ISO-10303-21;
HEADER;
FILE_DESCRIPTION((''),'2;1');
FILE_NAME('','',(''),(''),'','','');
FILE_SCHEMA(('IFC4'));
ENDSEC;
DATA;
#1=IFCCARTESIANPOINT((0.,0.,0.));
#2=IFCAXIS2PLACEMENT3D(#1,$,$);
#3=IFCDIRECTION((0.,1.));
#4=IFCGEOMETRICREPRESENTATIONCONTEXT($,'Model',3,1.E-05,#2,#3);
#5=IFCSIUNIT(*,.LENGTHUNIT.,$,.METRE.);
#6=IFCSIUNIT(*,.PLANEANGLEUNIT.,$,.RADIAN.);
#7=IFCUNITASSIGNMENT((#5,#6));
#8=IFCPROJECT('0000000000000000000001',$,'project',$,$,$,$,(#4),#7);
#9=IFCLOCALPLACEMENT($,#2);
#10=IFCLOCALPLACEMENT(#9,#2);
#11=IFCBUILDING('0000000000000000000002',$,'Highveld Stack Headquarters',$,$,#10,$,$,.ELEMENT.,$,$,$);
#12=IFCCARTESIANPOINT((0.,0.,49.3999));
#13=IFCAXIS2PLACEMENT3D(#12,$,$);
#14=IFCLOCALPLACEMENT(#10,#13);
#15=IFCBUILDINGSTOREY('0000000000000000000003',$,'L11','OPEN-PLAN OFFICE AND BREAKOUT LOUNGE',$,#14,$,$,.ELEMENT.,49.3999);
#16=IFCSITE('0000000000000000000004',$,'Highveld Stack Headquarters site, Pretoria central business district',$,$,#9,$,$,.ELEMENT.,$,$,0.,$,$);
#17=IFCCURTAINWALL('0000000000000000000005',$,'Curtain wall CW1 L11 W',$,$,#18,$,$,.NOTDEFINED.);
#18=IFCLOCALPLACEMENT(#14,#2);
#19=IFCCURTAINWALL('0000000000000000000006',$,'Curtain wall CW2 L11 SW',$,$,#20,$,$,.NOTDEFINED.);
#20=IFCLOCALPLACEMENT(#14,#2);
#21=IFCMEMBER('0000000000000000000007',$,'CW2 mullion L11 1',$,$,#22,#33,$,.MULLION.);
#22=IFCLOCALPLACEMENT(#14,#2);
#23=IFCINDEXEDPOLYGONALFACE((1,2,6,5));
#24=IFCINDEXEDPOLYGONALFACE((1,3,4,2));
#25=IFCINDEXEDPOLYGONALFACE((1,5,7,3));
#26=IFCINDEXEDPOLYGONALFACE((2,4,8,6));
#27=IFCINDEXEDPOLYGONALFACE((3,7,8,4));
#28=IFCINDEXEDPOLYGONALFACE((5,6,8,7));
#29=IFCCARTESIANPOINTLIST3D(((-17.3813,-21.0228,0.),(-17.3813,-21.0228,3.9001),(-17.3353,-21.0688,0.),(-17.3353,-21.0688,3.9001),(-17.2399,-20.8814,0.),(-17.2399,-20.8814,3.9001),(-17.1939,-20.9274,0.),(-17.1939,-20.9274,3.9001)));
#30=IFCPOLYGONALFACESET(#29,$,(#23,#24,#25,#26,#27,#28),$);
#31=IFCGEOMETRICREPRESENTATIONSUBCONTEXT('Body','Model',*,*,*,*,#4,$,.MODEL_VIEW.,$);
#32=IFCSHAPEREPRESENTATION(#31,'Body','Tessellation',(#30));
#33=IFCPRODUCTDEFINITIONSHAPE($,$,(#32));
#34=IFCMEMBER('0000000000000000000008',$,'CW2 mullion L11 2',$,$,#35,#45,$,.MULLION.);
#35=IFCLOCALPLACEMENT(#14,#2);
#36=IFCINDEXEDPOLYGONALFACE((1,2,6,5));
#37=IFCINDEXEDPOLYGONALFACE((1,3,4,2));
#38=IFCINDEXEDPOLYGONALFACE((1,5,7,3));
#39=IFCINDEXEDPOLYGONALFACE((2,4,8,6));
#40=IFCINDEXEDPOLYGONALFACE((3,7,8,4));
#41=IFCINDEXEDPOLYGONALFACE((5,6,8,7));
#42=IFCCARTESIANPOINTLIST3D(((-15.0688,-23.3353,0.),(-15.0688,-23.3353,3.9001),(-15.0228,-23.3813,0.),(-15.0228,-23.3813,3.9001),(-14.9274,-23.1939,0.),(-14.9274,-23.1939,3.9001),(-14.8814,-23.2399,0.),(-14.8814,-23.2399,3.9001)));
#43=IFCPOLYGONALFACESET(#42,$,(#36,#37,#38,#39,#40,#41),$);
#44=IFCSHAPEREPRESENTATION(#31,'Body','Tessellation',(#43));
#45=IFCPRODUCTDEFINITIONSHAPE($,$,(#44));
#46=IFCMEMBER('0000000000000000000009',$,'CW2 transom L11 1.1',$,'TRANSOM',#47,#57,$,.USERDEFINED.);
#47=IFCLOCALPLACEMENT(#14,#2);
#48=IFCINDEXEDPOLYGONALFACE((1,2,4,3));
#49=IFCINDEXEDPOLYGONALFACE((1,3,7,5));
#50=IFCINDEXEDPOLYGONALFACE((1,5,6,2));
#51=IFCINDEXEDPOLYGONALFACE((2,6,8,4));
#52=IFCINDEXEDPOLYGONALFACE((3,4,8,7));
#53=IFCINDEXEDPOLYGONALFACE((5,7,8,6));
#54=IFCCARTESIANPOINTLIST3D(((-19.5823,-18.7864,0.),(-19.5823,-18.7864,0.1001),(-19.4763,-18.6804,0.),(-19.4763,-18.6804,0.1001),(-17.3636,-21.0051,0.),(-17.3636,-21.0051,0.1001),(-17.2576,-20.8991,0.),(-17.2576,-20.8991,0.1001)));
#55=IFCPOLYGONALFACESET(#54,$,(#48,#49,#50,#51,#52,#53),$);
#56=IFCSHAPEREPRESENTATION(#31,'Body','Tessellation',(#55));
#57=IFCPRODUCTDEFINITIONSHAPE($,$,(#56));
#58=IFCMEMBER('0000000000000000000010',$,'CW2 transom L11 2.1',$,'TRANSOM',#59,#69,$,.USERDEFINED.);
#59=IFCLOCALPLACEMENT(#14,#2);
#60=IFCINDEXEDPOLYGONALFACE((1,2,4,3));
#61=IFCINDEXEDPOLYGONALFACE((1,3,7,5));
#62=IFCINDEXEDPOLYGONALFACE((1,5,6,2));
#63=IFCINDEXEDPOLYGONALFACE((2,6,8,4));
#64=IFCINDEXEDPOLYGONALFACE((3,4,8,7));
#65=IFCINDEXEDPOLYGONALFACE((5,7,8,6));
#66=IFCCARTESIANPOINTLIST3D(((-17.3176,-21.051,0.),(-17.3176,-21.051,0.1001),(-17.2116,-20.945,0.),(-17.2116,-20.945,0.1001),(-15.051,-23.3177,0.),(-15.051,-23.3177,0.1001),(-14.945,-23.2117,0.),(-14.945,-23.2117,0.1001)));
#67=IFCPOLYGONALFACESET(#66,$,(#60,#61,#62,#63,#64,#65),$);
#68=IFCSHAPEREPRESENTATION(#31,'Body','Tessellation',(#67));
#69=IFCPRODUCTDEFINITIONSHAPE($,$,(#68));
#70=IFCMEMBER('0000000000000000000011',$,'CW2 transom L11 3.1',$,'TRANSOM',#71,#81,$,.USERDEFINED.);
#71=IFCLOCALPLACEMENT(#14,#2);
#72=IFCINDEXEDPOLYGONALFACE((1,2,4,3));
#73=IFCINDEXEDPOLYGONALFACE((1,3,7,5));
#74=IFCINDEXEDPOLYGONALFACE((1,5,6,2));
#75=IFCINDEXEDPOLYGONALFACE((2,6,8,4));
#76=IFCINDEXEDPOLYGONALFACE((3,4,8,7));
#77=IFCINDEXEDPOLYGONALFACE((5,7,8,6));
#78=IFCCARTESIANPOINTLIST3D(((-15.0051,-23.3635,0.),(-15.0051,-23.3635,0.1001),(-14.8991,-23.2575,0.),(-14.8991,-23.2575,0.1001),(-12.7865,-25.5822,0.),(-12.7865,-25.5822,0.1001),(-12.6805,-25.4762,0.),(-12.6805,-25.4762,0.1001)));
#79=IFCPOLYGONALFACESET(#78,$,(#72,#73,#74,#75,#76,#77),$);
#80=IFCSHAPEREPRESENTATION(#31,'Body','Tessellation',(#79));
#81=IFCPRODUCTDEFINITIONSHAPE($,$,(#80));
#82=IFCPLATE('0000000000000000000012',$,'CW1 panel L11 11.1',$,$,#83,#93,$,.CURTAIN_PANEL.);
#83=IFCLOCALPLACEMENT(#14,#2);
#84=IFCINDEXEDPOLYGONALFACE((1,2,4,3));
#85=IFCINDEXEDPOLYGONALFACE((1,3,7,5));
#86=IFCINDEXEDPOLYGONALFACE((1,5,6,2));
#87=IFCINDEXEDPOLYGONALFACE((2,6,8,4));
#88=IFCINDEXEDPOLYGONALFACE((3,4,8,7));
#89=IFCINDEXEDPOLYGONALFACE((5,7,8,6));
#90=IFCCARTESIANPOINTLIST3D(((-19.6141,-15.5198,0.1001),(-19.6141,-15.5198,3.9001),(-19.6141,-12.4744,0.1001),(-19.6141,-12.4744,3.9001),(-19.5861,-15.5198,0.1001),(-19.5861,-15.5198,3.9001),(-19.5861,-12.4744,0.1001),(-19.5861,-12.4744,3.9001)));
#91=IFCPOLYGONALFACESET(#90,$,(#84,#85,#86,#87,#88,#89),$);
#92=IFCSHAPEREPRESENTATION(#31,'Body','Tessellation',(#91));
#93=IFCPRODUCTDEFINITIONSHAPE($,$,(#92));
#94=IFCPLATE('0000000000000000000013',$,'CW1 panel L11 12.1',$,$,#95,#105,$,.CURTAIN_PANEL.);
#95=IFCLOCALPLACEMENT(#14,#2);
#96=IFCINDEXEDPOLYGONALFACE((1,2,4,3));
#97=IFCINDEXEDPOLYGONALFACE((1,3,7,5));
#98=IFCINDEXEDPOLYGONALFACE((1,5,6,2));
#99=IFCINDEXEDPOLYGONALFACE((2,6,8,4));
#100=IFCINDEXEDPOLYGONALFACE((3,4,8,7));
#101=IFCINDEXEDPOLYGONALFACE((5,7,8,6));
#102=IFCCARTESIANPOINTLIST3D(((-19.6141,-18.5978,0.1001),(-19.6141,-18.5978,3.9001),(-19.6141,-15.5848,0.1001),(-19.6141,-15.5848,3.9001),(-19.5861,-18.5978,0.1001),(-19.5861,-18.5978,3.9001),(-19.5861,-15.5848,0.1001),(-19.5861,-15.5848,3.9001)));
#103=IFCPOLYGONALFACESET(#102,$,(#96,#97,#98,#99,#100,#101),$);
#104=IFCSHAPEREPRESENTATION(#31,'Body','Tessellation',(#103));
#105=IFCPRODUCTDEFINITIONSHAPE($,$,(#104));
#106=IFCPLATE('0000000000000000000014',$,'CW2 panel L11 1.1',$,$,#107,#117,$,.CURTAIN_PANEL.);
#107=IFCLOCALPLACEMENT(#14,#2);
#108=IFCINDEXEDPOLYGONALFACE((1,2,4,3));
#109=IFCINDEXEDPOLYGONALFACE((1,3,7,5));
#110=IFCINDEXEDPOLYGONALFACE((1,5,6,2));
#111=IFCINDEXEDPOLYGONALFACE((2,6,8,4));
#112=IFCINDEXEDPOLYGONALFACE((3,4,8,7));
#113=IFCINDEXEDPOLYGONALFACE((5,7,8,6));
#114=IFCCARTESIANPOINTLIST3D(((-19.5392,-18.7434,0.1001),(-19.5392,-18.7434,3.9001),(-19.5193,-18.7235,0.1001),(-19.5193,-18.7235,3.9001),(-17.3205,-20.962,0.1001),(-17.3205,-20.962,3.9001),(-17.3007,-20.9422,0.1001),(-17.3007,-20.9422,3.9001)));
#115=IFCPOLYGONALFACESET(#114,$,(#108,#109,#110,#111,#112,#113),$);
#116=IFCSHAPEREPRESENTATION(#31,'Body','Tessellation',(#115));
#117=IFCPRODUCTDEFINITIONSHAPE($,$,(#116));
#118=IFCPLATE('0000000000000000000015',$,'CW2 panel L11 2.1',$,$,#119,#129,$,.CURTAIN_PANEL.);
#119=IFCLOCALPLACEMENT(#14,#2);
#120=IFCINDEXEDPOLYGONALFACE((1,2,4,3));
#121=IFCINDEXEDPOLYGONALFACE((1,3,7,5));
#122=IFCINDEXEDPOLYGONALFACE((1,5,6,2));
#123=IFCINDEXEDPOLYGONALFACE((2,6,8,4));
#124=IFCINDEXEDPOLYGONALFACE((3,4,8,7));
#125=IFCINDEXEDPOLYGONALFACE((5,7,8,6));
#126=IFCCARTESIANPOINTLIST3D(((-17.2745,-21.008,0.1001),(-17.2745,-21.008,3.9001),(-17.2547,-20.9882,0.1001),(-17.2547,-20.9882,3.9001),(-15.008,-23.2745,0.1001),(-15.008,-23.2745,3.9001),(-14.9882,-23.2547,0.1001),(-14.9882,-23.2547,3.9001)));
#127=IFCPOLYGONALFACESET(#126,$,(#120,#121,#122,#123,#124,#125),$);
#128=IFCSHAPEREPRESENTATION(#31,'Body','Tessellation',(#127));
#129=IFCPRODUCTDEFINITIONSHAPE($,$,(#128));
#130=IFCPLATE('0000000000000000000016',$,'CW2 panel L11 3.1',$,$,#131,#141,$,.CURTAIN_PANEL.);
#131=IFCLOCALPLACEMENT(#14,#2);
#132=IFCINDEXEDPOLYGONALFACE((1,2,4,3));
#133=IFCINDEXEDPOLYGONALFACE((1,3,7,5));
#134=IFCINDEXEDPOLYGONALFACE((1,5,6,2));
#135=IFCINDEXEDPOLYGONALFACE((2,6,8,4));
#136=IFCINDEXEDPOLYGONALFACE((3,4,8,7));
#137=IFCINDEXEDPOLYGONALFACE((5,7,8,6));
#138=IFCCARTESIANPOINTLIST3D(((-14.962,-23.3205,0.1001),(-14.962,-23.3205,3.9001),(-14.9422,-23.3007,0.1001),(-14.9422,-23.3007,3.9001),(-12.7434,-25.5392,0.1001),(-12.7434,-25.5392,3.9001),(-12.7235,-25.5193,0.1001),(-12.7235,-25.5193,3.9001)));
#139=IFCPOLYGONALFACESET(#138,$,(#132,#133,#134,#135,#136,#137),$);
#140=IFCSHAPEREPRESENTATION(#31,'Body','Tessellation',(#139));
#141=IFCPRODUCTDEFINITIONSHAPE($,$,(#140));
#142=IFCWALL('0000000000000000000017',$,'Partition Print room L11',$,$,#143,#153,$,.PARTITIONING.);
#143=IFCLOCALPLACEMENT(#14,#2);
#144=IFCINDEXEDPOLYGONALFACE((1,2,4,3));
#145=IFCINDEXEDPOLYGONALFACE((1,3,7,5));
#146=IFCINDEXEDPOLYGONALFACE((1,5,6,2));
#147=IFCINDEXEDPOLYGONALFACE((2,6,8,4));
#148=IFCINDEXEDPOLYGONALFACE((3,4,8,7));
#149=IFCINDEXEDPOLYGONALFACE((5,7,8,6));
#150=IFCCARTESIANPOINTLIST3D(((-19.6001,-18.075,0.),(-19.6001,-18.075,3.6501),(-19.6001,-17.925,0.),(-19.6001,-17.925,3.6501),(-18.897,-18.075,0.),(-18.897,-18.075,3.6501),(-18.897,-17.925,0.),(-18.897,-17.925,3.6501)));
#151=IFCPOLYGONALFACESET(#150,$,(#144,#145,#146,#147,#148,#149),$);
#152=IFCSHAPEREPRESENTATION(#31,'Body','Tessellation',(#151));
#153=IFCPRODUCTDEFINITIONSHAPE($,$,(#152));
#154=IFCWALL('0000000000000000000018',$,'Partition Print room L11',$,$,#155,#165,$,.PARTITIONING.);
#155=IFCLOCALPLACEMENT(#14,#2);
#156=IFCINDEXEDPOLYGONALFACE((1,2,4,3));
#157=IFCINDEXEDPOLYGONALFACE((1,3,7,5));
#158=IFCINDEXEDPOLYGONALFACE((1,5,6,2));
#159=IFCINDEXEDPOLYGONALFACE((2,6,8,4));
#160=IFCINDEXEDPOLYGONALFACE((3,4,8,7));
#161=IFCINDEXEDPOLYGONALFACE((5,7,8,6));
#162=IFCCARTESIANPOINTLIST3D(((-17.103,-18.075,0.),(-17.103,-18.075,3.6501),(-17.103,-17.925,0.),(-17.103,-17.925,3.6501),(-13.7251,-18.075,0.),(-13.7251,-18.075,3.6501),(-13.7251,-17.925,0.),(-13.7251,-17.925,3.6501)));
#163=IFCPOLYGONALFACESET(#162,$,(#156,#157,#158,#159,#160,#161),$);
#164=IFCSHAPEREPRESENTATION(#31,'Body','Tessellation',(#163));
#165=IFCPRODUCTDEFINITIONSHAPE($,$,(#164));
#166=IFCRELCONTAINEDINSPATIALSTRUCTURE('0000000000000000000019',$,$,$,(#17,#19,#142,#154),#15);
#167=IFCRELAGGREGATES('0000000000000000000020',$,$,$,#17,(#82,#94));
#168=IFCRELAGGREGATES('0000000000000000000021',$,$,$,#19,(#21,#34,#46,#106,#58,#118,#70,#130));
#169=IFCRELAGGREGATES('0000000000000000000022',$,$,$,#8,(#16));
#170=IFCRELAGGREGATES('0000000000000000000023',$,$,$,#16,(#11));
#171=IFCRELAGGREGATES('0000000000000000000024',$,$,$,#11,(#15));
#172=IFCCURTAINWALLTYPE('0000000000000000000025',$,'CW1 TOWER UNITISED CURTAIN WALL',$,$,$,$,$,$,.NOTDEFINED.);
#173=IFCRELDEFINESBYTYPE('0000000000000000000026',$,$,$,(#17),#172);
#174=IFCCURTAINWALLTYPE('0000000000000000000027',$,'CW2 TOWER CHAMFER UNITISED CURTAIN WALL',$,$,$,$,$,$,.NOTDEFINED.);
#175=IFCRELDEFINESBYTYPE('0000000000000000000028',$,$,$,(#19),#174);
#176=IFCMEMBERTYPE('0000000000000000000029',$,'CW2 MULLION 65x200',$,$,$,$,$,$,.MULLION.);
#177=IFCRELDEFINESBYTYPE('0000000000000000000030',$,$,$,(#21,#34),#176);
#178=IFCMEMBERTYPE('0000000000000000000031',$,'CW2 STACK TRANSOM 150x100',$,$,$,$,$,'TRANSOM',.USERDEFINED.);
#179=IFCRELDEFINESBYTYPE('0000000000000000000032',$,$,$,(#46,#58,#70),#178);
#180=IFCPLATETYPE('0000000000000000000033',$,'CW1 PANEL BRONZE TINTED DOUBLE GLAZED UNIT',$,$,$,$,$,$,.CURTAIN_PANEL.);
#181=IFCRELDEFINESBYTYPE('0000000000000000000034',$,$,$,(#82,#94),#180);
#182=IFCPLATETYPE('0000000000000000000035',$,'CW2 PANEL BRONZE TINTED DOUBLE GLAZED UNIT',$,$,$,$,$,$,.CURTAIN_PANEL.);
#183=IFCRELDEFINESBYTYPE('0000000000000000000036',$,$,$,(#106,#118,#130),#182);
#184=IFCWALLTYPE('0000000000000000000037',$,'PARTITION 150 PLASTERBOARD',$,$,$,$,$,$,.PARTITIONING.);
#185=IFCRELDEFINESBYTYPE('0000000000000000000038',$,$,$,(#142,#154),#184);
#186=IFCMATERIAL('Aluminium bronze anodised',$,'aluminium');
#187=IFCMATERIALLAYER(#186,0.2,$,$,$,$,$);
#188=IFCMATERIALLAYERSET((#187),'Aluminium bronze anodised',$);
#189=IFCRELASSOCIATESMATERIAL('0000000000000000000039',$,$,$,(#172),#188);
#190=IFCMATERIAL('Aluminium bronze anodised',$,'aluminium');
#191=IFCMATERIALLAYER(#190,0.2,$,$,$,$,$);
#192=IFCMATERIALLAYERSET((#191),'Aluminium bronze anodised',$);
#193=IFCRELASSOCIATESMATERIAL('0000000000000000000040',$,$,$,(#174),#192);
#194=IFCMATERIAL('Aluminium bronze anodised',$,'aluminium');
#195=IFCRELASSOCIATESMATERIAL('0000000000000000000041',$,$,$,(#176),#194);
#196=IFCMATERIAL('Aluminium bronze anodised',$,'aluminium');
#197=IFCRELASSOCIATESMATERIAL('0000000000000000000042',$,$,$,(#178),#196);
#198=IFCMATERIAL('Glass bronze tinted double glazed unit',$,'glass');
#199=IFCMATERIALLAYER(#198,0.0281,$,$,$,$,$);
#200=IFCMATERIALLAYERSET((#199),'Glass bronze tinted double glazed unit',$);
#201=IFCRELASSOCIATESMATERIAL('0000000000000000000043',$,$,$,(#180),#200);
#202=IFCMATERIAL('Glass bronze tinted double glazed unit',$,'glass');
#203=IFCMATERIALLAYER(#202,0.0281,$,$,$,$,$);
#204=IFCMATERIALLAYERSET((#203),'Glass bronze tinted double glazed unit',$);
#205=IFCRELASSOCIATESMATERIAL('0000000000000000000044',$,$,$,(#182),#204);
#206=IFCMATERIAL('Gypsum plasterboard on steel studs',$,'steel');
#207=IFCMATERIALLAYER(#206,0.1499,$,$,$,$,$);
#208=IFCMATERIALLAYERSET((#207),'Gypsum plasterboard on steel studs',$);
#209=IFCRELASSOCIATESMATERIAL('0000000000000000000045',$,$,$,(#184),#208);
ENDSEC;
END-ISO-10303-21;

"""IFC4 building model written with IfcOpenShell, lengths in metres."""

from ifc_helpers import new_model, si_unit, direction, frame, frame_2d, origin, origin_2d, place, context, subcontext, project, spatial, rectangle, extrude, material, layer, layer_set, material_profile, profile_set, type_object, element, aggregate, save


model = new_model("IFC4")

# Units and contexts
model_context = context("Model", 3, precision=1e-05, world=origin(), true_north=direction((0.0, 1.0)))
body_context = subcontext(model_context, "Body", "Model", "MODEL_VIEW")
ifc_project = project(units=[si_unit("LENGTHUNIT", "METRE"), si_unit("PLANEANGLEUNIT", "RADIAN")], contexts=[model_context])

# Site, building, storey
site_placement = place(None, origin())
site = spatial("IfcSite", under=ifc_project, at=site_placement, Name="Highveld Stack Headquarters site, Pretoria central business district", CompositionType="ELEMENT", RefElevation=0.0)
building_placement = place(site_placement, origin())
building = spatial("IfcBuilding", under=site, at=building_placement, Name="Highveld Stack Headquarters", CompositionType="ELEMENT")
storey_placement = place(building_placement, frame((0.0, 0.0, 49.3999)))
storey = spatial("IfcBuildingStorey", under=building, at=storey_placement, Name="L11", Description="OPEN-PLAN OFFICE AND BREAKOUT LOUNGE", CompositionType="ELEMENT", Elevation=49.3999)

# Shared definitions
ifc_material_1 = material(Name="Aluminium bronze anodised", Category="aluminium")
ifc_layer_1 = layer(ifc_material_1, 0.2)
ifc_layer_set_1 = layer_set([ifc_layer_1], Name="Aluminium bronze anodised")
curtain_wall_type_1 = type_object("IfcCurtainWallType", Name="CW1 TOWER UNITISED CURTAIN WALL", PredefinedType="NOTDEFINED", material=ifc_layer_set_1)

# Curtain wall
curtain_wall_1_placement = place(storey_placement, origin())
curtain_wall_1 = element("IfcCurtainWall", 1, at=curtain_wall_1_placement, inside=storey, type_object=curtain_wall_type_1, Name="Curtain wall CW1 L11 W", PredefinedType="NOTDEFINED")

# Curtain wall, members
ifc_material_2 = material(Name="Aluminium bronze anodised", Category="aluminium")
ifc_layer_2 = layer(ifc_material_2, 0.2)
ifc_layer_set_2 = layer_set([ifc_layer_2], Name="Aluminium bronze anodised")
curtain_wall_type_2 = type_object("IfcCurtainWallType", Name="CW2 TOWER CHAMFER UNITISED CURTAIN WALL", PredefinedType="NOTDEFINED", material=ifc_layer_set_2)
curtain_wall_2_placement = place(storey_placement, origin())
curtain_wall_2 = element("IfcCurtainWall", 2, at=curtain_wall_2_placement, inside=storey, type_object=curtain_wall_type_2, Name="Curtain wall CW2 L11 SW", PredefinedType="NOTDEFINED")
ifc_material_3 = material(Name="Aluminium bronze anodised", Category="aluminium")
ifc_material_profile_1 = material_profile(ifc_material_3, rectangle(XDim=0.2, YDim=0.0649, at=origin_2d()), Name="CW2 MULLION 65x200")
ifc_profile_set_1 = profile_set([ifc_material_profile_1], Name="Aluminium bronze anodised")
member_type_1 = type_object("IfcMemberType", Name="CW2 MULLION 65x200", PredefinedType="MULLION", material=ifc_profile_set_1)
member_1_placement = place(storey_placement, frame((-17.2876, -20.9751, 0.0), z_axis=(0.0, 0.0, 1.0), x_axis=(0.707107, 0.707107, 0.0)))
member_1 = element("IfcMember", 3, at=member_1_placement, type_object=member_type_1, Name="CW2 mullion L11 1", PredefinedType="MULLION", context=body_context, shape_type="SweptSolid", body=[
    extrude(rectangle(XDim=0.2, YDim=0.0649, at=origin_2d()), origin(), (0.0, 0.0, 1.0), 3.9001),
])
member_2_placement = place(storey_placement, frame((-14.9751, -23.2876, 0.0), z_axis=(0.0, 0.0, 1.0), x_axis=(0.707107, 0.707107, 0.0)))
member_2 = element("IfcMember", 4, at=member_2_placement, type_object=member_type_1, Name="CW2 mullion L11 2", PredefinedType="MULLION", context=body_context, shape_type="SweptSolid", body=[
    extrude(rectangle(XDim=0.2, YDim=0.0649, at=origin_2d()), origin(), (0.0, 0.0, 1.0), 3.9001),
])
ifc_material_4 = material(Name="Aluminium bronze anodised", Category="aluminium")
ifc_material_profile_2 = material_profile(ifc_material_4, rectangle(XDim=0.1499, YDim=0.1001, at=origin_2d()), Name="CW2 TRANSOM 150x100")
ifc_profile_set_2 = profile_set([ifc_material_profile_2], Name="Aluminium bronze anodised")
member_type_2 = type_object("IfcMemberType", Name="CW2 STACK TRANSOM 150x100", ElementType="TRANSOM", PredefinedType="USERDEFINED", material=ifc_profile_set_2)
member_3_placement = place(storey_placement, frame((-19.5293, -18.7334, 0.05), z_axis=(0.707107, -0.707107, 0.0), x_axis=(0.707107, 0.707107, 0.0)))
member_3 = element("IfcMember", 5, at=member_3_placement, type_object=member_type_2, Name="CW2 transom L11 1.1", ObjectType="TRANSOM", PredefinedType="USERDEFINED", context=body_context, shape_type="SweptSolid", body=[
    extrude(rectangle(XDim=0.1499, YDim=0.1001, at=origin_2d()), origin(), (0.0, 0.0, 1.0), 3.1377),
])
member_4_placement = place(storey_placement, frame((-17.2646, -20.998, 0.05), z_axis=(0.707107, -0.707107, 0.0), x_axis=(0.707107, 0.707107, 0.0)))
member_4 = element("IfcMember", 6, at=member_4_placement, type_object=member_type_2, Name="CW2 transom L11 2.1", ObjectType="TRANSOM", PredefinedType="USERDEFINED", context=body_context, shape_type="SweptSolid", body=[
    extrude(rectangle(XDim=0.1499, YDim=0.1001, at=origin_2d()), origin(), (0.0, 0.0, 1.0), 3.2056),
])
member_5_placement = place(storey_placement, frame((-14.9521, -23.3105, 0.05), z_axis=(0.707107, -0.707107, 0.0), x_axis=(0.707107, 0.707107, 0.0)))
member_5 = element("IfcMember", 7, at=member_5_placement, type_object=member_type_2, Name="CW2 transom L11 3.1", ObjectType="TRANSOM", PredefinedType="USERDEFINED", context=body_context, shape_type="SweptSolid", body=[
    extrude(rectangle(XDim=0.1499, YDim=0.1001, at=origin_2d()), origin(), (0.0, 0.0, 1.0), 3.1377),
])

# Plates
ifc_material_5 = material(Name="Glass bronze tinted double glazed unit", Category="glass")
ifc_layer_3 = layer(ifc_material_5, 0.0281)
ifc_layer_set_3 = layer_set([ifc_layer_3], Name="Glass bronze tinted double glazed unit")
plate_type_1 = type_object("IfcPlateType", Name="CW1 PANEL BRONZE TINTED DOUBLE GLAZED UNIT", PredefinedType="CURTAIN_PANEL", material=ifc_layer_set_3)
plate_1_placement = place(storey_placement, frame((-19.6001, -13.9971, 0.1001), z_axis=(0.0, 0.0, 1.0), x_axis=(0.0, -1.0, 0.0)))
plate_1 = element("IfcPlate", 8, at=plate_1_placement, type_object=plate_type_1, Name="CW1 panel L11 11.1", PredefinedType="CURTAIN_PANEL", context=body_context, shape_type="SweptSolid", body=[
    extrude(rectangle(XDim=3.0454, YDim=0.0281, at=origin_2d()), origin(), (0.0, 0.0, 1.0), 3.8),
])
plate_2_placement = place(storey_placement, frame((-19.6001, -17.0913, 0.1001), z_axis=(0.0, 0.0, 1.0), x_axis=(0.0, -1.0, 0.0)))
plate_2 = element("IfcPlate", 9, at=plate_2_placement, type_object=plate_type_1, Name="CW1 panel L11 12.1", PredefinedType="CURTAIN_PANEL", context=body_context, shape_type="SweptSolid", body=[
    extrude(rectangle(XDim=3.0129, YDim=0.0281, at=origin_2d()), origin(), (0.0, 0.0, 1.0), 3.8),
])
aggregate(curtain_wall_1, [plate_1, plate_2])
ifc_material_6 = material(Name="Glass bronze tinted double glazed unit", Category="glass")
ifc_layer_4 = layer(ifc_material_6, 0.0281)
ifc_layer_set_4 = layer_set([ifc_layer_4], Name="Glass bronze tinted double glazed unit")
plate_type_2 = type_object("IfcPlateType", Name="CW2 PANEL BRONZE TINTED DOUBLE GLAZED UNIT", PredefinedType="CURTAIN_PANEL", material=ifc_layer_set_4)
plate_3_placement = place(storey_placement, frame((-18.4199, -19.8428, 0.1001), z_axis=(0.0, 0.0, 1.0), x_axis=(0.707107, -0.707107, 0.0)))
plate_3 = element("IfcPlate", 10, at=plate_3_placement, type_object=plate_type_2, Name="CW2 panel L11 1.1", PredefinedType="CURTAIN_PANEL", context=body_context, shape_type="SweptSolid", body=[
    extrude(rectangle(XDim=3.1377, YDim=0.0281, at=origin_2d()), origin(), (0.0, 0.0, 1.0), 3.8),
])
plate_4_placement = place(storey_placement, frame((-16.1313, -22.1313, 0.1001), z_axis=(0.0, 0.0, 1.0), x_axis=(0.707107, -0.707107, 0.0)))
plate_4 = element("IfcPlate", 11, at=plate_4_placement, type_object=plate_type_2, Name="CW2 panel L11 2.1", PredefinedType="CURTAIN_PANEL", context=body_context, shape_type="SweptSolid", body=[
    extrude(rectangle(XDim=3.2053, YDim=0.0281, at=origin_2d()), origin(), (0.0, 0.0, 1.0), 3.8),
])
plate_5_placement = place(storey_placement, frame((-13.8428, -24.4199, 0.1001), z_axis=(0.0, 0.0, 1.0), x_axis=(0.707107, -0.707107, 0.0)))
plate_5 = element("IfcPlate", 12, at=plate_5_placement, type_object=plate_type_2, Name="CW2 panel L11 3.1", PredefinedType="CURTAIN_PANEL", context=body_context, shape_type="SweptSolid", body=[
    extrude(rectangle(XDim=3.1377, YDim=0.0281, at=origin_2d()), origin(), (0.0, 0.0, 1.0), 3.8),
])
aggregate(curtain_wall_2, [member_1, member_2, member_3, plate_3, member_4, plate_4, member_5, plate_5])

# Walls
ifc_material_7 = material(Name="Gypsum plasterboard on steel studs", Category="steel")
ifc_layer_5 = layer(ifc_material_7, 0.1499)
ifc_layer_set_5 = layer_set([ifc_layer_5], Name="Gypsum plasterboard on steel studs")
wall_type = type_object("IfcWallType", Name="PARTITION 150 PLASTERBOARD", PredefinedType="PARTITIONING", material=ifc_layer_set_5)
wall_1_placement = place(storey_placement, frame((-19.6001, -18.0, 0.0), z_axis=(0.0, 0.0, 1.0), x_axis=(1.0, 0.0, 0.0)))
element("IfcWall", 13, at=wall_1_placement, inside=storey, type_object=wall_type, Name="Partition Print room L11", PredefinedType="PARTITIONING", context=body_context, shape_type="SweptSolid", body=[
    extrude(rectangle(XDim=0.7031, YDim=0.1499, at=frame_2d((0.3516, 0.0))), origin(), (0.0, 0.0, 1.0), 3.6501),
])
wall_2_placement = place(storey_placement, frame((-17.103, -18.0, 0.0), z_axis=(0.0, 0.0, 1.0), x_axis=(1.0, 0.0, 0.0)))
element("IfcWall", 14, at=wall_2_placement, inside=storey, type_object=wall_type, Name="Partition Print room L11", PredefinedType="PARTITIONING", context=body_context, shape_type="SweptSolid", body=[
    extrude(rectangle(XDim=3.3779, YDim=0.1499, at=frame_2d((1.689, 0.0))), origin(), (0.0, 0.0, 1.0), 3.6501),
])

save(model, "model.ifc")
